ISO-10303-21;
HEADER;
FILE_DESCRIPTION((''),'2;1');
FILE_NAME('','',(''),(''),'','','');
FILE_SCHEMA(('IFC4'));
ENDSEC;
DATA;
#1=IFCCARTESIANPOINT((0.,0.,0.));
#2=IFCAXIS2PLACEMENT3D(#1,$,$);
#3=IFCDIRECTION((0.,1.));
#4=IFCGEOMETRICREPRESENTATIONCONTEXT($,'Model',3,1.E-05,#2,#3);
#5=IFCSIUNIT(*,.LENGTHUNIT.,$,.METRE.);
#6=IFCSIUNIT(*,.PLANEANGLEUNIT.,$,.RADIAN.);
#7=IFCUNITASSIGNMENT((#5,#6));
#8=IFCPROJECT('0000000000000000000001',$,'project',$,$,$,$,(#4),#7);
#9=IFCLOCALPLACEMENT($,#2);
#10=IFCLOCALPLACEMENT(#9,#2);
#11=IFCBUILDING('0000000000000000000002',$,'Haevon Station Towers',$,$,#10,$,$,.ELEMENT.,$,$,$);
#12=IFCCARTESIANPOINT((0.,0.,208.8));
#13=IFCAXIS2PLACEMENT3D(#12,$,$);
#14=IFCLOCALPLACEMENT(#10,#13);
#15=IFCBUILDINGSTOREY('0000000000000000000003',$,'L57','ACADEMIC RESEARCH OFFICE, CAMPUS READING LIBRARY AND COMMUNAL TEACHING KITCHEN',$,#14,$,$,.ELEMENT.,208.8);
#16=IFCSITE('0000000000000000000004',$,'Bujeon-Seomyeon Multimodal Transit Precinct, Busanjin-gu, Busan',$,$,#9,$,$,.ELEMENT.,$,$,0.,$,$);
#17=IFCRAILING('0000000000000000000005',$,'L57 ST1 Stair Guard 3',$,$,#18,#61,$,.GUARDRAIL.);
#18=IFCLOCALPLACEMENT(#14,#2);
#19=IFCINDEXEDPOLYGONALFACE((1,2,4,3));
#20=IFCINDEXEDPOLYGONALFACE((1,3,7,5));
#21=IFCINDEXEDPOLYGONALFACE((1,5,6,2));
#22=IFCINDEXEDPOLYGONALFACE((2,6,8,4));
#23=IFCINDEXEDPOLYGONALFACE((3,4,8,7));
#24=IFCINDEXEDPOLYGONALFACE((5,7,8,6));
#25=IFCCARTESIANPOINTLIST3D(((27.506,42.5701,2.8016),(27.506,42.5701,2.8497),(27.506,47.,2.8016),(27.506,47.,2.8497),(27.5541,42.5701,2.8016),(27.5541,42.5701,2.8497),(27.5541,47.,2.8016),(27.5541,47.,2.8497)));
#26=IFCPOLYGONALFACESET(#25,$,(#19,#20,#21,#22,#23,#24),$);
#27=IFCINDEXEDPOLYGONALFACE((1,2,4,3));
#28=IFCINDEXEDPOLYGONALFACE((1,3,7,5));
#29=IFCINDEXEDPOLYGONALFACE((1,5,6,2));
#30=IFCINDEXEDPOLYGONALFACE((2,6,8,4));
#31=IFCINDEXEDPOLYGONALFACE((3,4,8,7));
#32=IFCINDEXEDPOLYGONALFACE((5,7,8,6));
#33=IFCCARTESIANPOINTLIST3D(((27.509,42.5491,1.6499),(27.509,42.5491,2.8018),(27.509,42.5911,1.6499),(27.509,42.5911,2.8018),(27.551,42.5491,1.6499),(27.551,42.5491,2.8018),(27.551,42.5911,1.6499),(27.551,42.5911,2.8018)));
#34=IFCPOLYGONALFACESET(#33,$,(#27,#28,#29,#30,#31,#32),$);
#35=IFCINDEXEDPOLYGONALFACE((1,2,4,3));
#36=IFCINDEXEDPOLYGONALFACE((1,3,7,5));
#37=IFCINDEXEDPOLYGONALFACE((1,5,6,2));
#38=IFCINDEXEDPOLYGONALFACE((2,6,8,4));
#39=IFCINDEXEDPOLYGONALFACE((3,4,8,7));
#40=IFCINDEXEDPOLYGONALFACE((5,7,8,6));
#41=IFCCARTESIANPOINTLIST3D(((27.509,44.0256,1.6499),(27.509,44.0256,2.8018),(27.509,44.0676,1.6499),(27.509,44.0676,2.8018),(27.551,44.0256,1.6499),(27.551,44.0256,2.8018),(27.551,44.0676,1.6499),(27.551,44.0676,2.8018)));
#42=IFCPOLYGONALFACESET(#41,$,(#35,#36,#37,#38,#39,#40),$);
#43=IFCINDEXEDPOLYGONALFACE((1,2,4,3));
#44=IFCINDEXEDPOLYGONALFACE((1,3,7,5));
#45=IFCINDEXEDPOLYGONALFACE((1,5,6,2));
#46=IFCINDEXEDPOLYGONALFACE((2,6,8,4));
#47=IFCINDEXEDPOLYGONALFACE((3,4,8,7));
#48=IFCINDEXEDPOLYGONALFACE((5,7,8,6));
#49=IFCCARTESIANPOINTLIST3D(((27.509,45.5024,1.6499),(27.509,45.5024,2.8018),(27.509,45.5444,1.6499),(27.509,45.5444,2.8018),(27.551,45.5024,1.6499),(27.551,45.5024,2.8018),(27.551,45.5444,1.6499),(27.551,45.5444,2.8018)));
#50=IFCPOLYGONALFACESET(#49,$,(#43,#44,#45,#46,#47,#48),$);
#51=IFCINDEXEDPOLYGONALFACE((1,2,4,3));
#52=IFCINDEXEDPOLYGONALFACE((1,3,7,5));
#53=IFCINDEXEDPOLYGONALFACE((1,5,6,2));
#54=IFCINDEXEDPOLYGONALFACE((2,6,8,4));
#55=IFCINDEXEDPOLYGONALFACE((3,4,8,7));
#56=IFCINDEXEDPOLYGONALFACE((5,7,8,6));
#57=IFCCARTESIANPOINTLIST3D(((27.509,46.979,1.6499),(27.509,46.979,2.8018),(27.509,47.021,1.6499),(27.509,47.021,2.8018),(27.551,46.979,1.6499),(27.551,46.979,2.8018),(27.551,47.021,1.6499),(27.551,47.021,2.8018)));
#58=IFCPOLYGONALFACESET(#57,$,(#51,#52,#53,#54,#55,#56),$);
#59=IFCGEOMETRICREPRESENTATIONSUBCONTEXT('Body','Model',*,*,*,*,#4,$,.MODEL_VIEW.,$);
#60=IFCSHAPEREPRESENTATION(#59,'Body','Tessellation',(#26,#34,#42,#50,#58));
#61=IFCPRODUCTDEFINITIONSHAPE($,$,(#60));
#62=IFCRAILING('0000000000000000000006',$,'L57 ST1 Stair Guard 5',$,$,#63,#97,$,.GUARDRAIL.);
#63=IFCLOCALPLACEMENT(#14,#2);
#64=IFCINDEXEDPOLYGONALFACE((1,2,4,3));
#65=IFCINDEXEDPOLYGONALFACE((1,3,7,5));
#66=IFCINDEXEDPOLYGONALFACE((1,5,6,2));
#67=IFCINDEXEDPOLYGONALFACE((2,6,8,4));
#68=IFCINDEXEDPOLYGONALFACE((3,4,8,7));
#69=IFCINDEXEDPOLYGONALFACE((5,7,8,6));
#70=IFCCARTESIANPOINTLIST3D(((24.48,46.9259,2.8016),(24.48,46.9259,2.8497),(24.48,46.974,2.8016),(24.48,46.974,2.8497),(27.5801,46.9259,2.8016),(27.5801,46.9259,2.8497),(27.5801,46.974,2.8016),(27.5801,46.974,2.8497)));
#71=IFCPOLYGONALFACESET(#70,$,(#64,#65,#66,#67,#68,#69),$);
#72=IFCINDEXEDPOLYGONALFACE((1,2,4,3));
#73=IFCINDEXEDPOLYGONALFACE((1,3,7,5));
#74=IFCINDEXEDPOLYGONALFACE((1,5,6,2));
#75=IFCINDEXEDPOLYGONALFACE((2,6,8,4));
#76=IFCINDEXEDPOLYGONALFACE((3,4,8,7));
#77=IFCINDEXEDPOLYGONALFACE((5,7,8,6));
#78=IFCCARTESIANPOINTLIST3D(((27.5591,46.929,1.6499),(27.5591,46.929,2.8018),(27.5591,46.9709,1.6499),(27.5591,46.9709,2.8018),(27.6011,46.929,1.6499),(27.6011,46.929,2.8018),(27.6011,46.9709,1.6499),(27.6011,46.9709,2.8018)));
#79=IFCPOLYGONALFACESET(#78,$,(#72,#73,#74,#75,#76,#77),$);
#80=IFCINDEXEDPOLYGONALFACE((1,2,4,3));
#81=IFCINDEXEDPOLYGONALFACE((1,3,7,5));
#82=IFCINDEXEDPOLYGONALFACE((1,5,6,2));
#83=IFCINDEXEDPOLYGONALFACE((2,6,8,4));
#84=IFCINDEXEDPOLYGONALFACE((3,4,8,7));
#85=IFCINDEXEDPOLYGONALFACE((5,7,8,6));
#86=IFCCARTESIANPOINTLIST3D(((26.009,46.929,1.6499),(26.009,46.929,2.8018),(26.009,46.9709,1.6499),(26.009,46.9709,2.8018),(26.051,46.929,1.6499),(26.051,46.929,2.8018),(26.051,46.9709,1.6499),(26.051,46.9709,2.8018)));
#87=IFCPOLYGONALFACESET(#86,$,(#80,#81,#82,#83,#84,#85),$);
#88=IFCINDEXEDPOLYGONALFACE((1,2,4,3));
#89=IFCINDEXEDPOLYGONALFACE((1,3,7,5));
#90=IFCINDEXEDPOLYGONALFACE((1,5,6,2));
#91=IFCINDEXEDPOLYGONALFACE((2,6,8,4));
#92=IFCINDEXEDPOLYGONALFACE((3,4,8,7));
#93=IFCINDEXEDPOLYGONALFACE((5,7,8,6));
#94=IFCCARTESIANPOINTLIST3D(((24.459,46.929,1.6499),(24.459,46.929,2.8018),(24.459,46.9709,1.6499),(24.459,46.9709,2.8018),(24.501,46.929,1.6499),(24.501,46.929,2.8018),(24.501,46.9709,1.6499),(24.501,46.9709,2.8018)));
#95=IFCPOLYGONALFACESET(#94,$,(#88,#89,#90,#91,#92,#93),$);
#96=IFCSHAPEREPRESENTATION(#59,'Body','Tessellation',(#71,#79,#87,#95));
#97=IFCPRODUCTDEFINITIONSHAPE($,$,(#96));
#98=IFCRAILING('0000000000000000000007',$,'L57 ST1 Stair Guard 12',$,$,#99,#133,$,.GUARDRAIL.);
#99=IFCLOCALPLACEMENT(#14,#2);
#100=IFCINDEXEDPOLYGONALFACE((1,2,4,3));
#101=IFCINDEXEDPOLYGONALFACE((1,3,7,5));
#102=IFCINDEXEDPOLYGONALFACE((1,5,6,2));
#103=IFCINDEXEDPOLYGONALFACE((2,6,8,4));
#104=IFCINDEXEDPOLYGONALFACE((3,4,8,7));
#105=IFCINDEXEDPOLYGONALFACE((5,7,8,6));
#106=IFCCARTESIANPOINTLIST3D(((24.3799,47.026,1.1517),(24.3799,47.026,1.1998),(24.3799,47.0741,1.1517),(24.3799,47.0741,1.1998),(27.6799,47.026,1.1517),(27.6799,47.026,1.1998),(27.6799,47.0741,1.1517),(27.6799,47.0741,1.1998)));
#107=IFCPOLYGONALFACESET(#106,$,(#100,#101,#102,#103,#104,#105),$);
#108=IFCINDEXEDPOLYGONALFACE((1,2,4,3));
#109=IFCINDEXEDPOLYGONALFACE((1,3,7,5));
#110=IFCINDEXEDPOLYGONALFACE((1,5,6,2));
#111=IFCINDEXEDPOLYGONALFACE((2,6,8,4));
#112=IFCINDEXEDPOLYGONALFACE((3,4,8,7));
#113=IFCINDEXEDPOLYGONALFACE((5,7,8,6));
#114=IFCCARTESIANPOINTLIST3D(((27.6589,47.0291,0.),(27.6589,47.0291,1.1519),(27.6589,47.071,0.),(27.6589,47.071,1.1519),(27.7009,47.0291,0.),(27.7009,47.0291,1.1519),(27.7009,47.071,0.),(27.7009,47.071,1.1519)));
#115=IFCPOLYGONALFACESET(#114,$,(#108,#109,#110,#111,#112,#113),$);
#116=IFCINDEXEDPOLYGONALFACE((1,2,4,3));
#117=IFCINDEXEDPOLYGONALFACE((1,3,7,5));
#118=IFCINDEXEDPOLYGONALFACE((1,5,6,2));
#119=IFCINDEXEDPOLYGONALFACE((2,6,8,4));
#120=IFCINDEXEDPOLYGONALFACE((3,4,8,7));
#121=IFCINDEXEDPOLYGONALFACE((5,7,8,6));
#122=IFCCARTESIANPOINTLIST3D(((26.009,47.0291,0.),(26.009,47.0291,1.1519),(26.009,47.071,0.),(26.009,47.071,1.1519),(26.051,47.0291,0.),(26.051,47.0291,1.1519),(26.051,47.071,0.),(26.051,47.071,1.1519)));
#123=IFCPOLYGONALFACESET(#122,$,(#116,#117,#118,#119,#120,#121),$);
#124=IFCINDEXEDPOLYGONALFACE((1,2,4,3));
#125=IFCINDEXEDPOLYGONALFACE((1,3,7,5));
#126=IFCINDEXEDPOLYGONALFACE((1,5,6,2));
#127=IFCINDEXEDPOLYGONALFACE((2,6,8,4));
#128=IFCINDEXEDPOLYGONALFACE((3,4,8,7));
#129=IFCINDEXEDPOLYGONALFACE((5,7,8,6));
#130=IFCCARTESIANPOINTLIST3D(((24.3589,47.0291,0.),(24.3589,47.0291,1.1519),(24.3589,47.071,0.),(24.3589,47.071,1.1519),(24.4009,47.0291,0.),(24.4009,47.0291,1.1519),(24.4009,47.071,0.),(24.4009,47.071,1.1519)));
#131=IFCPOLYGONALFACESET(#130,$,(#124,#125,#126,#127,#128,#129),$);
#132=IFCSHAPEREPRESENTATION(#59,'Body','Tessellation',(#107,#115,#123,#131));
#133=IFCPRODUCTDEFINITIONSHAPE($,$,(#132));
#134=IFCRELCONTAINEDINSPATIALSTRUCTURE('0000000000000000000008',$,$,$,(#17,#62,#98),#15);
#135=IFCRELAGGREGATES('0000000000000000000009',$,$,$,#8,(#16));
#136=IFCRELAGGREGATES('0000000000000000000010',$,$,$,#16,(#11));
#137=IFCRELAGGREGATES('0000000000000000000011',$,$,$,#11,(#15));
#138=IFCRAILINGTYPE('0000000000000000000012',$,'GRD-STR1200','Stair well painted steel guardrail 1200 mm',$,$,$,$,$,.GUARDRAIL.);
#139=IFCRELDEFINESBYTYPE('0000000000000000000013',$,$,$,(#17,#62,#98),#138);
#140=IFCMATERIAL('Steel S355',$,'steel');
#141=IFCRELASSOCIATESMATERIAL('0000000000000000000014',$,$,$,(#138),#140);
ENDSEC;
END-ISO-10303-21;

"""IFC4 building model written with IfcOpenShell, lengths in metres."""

from ifc_helpers import new_model, si_unit, direction, frame, origin, origin_2d, place, context, subcontext, project, spatial, rectangle, extrude, material, type_object, element, save


model = new_model("IFC4")

# Units and contexts
model_context = context("Model", 3, precision=1e-05, world=origin(), true_north=direction((0.0, 1.0)))
body_context = subcontext(model_context, "Body", "Model", "MODEL_VIEW")
ifc_project = project(units=[si_unit("LENGTHUNIT", "METRE"), si_unit("PLANEANGLEUNIT", "RADIAN")], contexts=[model_context])

# Site, building, storey
site_placement = place(None, origin())
site = spatial("IfcSite", under=ifc_project, at=site_placement, Name="Bujeon-Seomyeon Multimodal Transit Precinct, Busanjin-gu, Busan", CompositionType="ELEMENT", RefElevation=0.0)
building_placement = place(site_placement, origin())
building = spatial("IfcBuilding", under=site, at=building_placement, Name="Haevon Station Towers", CompositionType="ELEMENT")
storey_placement = place(building_placement, frame((0.0, 0.0, 208.8)))
storey = spatial("IfcBuildingStorey", under=building, at=storey_placement, Name="L57", Description="ACADEMIC RESEARCH OFFICE, CAMPUS READING LIBRARY AND COMMUNAL TEACHING KITCHEN", CompositionType="ELEMENT", Elevation=208.8)

# Shared definitions
ifc_material_1 = material(Name="Steel S355", Category="steel")

# Railings
railing_type = type_object("IfcRailingType", Name="GRD-STR1200", Description="Stair well painted steel guardrail 1200 mm", PredefinedType="GUARDRAIL", material=ifc_material_1)
railing_1_placement = place(storey_placement, frame((27.53, 42.5701, 1.6499)))
element("IfcRailing", 1, at=railing_1_placement, inside=storey, type_object=railing_type, Name="L57 ST1 Stair Guard 3", PredefinedType="GUARDRAIL", context=body_context, shape_type="SweptSolid", body=[
    extrude(rectangle(XDim=0.0481, YDim=0.0481, at=origin_2d()), frame((0.0, 0.0, 1.1758), z_axis=(0.0, 1.0, 0.0), x_axis=(-1.0, 0.0, 0.0)), (0.0, 0.0, 1.0), 4.4299),
    extrude(rectangle(XDim=0.042, YDim=0.042, at=origin_2d()), origin(), (0.0, 0.0, 1.0), 1.1519),
    extrude(rectangle(XDim=0.042, YDim=0.042, at=origin_2d()), frame((0.0, 1.4766, 0.0)), (0.0, 0.0, 1.0), 1.1519),
    extrude(rectangle(XDim=0.042, YDim=0.042, at=origin_2d()), frame((0.0, 2.9534, 0.0)), (0.0, 0.0, 1.0), 1.1519),
    extrude(rectangle(XDim=0.042, YDim=0.042, at=origin_2d()), frame((0.0, 4.4299, 0.0)), (0.0, 0.0, 1.0), 1.1519),
])
railing_2_placement = place(storey_placement, frame((27.5801, 46.95, 1.6499)))
element("IfcRailing", 2, at=railing_2_placement, inside=storey, type_object=railing_type, Name="L57 ST1 Stair Guard 5", PredefinedType="GUARDRAIL", context=body_context, shape_type="SweptSolid", body=[
    extrude(rectangle(XDim=0.0481, YDim=0.0481, at=origin_2d()), frame((0.0, 0.0, 1.1758), z_axis=(-1.0, 0.0, 0.0), x_axis=(0.0, -1.0, 0.0)), (0.0, 0.0, 1.0), 3.1001),
    extrude(rectangle(XDim=0.042, YDim=0.042, at=origin_2d()), origin(), (0.0, 0.0, 1.0), 1.1519),
    extrude(rectangle(XDim=0.042, YDim=0.042, at=origin_2d()), frame((-1.55, 0.0, 0.0)), (0.0, 0.0, 1.0), 1.1519),
    extrude(rectangle(XDim=0.042, YDim=0.042, at=origin_2d()), frame((-3.1001, 0.0, 0.0)), (0.0, 0.0, 1.0), 1.1519),
])
railing_3_placement = place(storey_placement, frame((27.6799, 47.05, 0.0)))
element("IfcRailing", 3, at=railing_3_placement, inside=storey, type_object=railing_type, Name="L57 ST1 Stair Guard 12", PredefinedType="GUARDRAIL", context=body_context, shape_type="SweptSolid", body=[
    extrude(rectangle(XDim=0.0481, YDim=0.0481, at=origin_2d()), frame((0.0, 0.0, 1.1758), z_axis=(-1.0, 0.0, 0.0), x_axis=(0.0, -1.0, 0.0)), (0.0, 0.0, 1.0), 3.3),
    extrude(rectangle(XDim=0.042, YDim=0.042, at=origin_2d()), origin(), (0.0, 0.0, 1.0), 1.1519),
    extrude(rectangle(XDim=0.042, YDim=0.042, at=origin_2d()), frame((-1.6499, 0.0, 0.0)), (0.0, 0.0, 1.0), 1.1519),
    extrude(rectangle(XDim=0.042, YDim=0.042, at=origin_2d()), frame((-3.3, 0.0, 0.0)), (0.0, 0.0, 1.0), 1.1519),
])

save(model, "model.ifc")
